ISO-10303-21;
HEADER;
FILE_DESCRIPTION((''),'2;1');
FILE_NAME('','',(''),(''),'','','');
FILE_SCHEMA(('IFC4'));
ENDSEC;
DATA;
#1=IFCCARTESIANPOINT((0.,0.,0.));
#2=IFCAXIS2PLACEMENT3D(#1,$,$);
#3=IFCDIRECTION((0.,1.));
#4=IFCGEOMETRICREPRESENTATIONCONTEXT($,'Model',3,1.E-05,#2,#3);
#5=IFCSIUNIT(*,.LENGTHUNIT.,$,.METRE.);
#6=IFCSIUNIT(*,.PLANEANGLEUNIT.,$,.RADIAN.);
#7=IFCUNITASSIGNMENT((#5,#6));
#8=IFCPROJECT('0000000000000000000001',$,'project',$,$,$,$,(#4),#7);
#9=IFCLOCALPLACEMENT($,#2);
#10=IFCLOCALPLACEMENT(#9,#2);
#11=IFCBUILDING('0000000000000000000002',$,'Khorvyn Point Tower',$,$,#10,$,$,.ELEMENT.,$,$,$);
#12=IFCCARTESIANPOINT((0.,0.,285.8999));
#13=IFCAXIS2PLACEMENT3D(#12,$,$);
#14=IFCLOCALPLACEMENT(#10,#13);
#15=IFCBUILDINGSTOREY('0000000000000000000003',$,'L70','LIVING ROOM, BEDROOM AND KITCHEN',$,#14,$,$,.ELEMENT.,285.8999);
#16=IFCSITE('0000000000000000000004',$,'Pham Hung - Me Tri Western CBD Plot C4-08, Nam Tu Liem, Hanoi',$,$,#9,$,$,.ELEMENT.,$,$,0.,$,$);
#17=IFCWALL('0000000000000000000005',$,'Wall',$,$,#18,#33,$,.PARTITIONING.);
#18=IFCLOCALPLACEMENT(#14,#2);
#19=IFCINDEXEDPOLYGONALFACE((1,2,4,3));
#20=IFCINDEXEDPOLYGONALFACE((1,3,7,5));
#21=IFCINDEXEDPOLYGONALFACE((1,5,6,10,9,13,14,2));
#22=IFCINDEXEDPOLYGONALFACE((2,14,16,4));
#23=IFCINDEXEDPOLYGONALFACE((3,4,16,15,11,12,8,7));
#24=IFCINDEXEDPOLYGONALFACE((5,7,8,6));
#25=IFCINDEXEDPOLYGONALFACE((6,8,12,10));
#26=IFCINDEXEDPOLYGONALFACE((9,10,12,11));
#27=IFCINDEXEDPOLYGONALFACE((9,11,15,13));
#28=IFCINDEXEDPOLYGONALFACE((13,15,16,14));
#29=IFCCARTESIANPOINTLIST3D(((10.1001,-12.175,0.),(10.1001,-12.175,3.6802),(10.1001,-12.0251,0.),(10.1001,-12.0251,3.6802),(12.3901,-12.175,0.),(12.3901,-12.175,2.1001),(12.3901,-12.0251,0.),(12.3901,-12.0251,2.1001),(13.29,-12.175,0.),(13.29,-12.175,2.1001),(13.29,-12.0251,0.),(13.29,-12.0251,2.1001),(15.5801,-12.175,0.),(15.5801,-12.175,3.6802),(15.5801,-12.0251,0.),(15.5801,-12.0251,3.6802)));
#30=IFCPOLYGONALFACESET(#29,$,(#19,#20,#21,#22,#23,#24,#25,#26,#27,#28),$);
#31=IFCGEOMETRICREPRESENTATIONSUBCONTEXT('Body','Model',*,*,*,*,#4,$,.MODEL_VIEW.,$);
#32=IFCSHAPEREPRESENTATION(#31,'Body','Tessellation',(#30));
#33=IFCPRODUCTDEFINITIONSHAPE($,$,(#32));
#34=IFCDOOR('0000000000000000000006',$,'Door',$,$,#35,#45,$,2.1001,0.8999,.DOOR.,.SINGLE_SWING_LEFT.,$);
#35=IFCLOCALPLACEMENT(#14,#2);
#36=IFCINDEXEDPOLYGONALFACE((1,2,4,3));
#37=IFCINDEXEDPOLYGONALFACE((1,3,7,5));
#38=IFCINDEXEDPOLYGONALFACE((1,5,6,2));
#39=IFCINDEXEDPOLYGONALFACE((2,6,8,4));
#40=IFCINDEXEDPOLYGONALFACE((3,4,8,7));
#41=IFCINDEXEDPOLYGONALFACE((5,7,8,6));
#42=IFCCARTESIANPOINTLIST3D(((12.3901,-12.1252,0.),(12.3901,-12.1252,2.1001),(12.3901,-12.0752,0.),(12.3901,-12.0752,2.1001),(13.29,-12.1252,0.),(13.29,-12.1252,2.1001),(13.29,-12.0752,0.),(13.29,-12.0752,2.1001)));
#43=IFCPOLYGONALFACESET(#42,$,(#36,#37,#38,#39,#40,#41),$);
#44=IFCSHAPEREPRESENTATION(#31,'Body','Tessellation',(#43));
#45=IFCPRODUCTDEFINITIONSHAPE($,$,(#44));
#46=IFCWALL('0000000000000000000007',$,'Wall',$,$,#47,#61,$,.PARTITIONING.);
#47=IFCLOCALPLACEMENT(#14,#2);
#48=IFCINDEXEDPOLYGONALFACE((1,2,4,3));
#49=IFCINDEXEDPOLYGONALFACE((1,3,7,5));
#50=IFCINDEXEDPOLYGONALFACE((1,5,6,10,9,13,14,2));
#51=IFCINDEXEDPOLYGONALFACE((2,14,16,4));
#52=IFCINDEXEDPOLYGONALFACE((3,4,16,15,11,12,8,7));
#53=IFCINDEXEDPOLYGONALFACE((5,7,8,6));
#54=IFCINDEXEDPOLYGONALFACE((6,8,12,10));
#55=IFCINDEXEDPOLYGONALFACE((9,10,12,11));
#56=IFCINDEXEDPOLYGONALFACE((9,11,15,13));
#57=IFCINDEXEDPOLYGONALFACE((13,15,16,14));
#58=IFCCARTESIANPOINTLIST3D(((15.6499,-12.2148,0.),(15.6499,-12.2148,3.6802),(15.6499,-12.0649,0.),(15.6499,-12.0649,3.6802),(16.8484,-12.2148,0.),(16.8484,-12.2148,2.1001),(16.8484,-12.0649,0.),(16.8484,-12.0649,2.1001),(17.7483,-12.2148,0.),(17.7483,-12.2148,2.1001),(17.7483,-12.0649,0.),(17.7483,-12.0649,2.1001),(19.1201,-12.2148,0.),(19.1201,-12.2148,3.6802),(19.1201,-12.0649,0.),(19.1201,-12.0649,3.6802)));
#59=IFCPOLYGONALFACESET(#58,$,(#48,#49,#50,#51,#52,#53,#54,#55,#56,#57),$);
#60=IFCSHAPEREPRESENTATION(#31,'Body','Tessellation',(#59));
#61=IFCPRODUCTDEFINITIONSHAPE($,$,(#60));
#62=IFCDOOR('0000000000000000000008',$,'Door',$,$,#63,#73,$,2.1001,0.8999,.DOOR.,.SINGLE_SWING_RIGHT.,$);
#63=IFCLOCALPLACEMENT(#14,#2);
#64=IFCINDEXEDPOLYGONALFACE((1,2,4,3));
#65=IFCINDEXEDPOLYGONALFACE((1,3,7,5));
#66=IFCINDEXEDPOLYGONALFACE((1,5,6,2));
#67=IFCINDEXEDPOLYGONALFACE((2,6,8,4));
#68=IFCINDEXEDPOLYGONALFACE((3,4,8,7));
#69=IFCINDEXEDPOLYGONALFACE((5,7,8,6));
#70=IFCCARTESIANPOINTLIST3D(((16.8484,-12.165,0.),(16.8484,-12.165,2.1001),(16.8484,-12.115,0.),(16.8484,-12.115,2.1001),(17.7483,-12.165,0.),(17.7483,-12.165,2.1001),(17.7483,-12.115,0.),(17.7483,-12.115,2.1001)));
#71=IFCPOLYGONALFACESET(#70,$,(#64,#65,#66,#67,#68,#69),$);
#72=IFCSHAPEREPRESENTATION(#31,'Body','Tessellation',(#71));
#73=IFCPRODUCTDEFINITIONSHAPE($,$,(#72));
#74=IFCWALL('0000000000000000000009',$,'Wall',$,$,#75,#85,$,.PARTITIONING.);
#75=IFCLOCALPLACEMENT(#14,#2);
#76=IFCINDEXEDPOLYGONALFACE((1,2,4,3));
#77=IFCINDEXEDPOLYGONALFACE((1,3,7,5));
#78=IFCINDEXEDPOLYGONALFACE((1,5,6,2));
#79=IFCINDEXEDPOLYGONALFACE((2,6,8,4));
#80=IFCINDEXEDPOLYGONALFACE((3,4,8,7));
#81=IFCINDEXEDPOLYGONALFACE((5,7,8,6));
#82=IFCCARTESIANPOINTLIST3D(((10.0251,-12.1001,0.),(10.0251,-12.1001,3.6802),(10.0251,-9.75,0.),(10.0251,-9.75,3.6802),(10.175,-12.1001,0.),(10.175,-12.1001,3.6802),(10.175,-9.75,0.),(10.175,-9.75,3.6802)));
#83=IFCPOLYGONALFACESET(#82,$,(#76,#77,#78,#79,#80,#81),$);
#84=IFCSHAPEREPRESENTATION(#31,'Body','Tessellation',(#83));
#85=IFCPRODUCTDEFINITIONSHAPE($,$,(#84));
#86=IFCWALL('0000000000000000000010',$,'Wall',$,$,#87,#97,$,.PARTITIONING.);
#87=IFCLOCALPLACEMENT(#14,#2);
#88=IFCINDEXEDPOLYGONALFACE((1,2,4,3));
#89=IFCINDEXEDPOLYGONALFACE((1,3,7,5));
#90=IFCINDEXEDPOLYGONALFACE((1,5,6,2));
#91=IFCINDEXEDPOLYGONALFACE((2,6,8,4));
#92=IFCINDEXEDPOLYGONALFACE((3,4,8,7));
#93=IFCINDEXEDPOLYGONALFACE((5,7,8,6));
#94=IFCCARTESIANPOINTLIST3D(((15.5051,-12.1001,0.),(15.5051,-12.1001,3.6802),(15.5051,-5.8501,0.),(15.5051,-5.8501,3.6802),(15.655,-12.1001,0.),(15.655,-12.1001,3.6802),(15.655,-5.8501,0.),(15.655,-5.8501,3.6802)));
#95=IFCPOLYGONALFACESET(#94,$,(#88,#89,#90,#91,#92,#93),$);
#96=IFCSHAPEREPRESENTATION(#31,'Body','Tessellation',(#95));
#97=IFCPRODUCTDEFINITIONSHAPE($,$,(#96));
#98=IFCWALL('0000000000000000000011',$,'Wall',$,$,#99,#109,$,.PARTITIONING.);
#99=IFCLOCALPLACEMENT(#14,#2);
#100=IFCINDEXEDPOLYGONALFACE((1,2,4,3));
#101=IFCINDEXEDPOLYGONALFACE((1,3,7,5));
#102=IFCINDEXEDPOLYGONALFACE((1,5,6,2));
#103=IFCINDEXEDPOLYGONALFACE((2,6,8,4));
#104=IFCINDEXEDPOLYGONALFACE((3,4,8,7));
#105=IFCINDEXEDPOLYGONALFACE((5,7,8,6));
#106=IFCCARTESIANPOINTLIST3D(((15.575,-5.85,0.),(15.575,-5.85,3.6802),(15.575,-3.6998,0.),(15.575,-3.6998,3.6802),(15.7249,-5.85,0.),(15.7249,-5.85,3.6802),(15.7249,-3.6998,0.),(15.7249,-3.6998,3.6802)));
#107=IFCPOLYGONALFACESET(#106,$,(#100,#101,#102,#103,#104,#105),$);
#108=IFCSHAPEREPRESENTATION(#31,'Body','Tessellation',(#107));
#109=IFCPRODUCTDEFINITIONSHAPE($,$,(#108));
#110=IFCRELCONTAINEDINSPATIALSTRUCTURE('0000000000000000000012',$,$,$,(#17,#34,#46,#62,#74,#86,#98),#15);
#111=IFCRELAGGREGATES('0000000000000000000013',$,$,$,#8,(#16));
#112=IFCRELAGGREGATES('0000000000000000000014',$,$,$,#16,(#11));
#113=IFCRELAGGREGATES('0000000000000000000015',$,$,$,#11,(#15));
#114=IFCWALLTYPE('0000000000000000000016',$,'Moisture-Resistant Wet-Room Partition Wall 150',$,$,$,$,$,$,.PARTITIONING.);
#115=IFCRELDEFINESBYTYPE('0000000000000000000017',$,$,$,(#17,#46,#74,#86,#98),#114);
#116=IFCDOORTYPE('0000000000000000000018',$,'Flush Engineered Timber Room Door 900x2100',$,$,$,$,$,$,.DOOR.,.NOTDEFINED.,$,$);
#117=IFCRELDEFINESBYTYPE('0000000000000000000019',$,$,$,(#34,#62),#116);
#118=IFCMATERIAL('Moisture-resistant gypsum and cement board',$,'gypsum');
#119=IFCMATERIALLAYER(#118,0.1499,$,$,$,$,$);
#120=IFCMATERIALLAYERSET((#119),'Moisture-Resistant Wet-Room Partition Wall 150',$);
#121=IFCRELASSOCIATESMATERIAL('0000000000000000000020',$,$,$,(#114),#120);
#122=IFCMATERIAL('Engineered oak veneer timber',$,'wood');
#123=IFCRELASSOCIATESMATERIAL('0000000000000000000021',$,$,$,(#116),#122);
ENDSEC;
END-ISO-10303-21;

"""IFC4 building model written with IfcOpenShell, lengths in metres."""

from ifc_helpers import new_model, si_unit, direction, frame, frame_2d, origin, place, context, subcontext, project, spatial, rectangle, extrude, material, layer, layer_set, type_object, element, fill, save


model = new_model("IFC4")

# Units and contexts
model_context = context("Model", 3, precision=1e-05, world=origin(), true_north=direction((0.0, 1.0)))
body_context = subcontext(model_context, "Body", "Model", "MODEL_VIEW")
ifc_project = project(units=[si_unit("LENGTHUNIT", "METRE"), si_unit("PLANEANGLEUNIT", "RADIAN")], contexts=[model_context])

# Site, building, storey
site_placement = place(None, origin())
site = spatial("IfcSite", under=ifc_project, at=site_placement, Name="Pham Hung - Me Tri Western CBD Plot C4-08, Nam Tu Liem, Hanoi", CompositionType="ELEMENT", RefElevation=0.0)
building_placement = place(site_placement, origin())
building = spatial("IfcBuilding", under=site, at=building_placement, Name="Khorvyn Point Tower", CompositionType="ELEMENT")
storey_placement = place(building_placement, frame((0.0, 0.0, 285.8999)))
storey = spatial("IfcBuildingStorey", under=building, at=storey_placement, Name="L70", Description="LIVING ROOM, BEDROOM AND KITCHEN", CompositionType="ELEMENT", Elevation=285.8999)

# Walls, openings, doors
ifc_material_1 = material(Name="Moisture-resistant gypsum and cement board", Category="gypsum")
ifc_layer_1 = layer(ifc_material_1, 0.1499)
ifc_layer_set_1 = layer_set([ifc_layer_1], Name="Moisture-Resistant Wet-Room Partition Wall 150")
wall_type_1 = type_object("IfcWallType", Name="Moisture-Resistant Wet-Room Partition Wall 150", PredefinedType="PARTITIONING", material=ifc_layer_set_1)
wall_1_placement = place(storey_placement, frame((10.1001, -12.1001, 0.0), z_axis=(0.0, 0.0, 1.0), x_axis=(1.0, 0.0, 0.0)))
wall_1 = element("IfcWall", 1, at=wall_1_placement, inside=storey, type_object=wall_type_1, Name="Wall", PredefinedType="PARTITIONING", context=body_context, shape_type="SweptSolid", body=[
    extrude(rectangle(XDim=5.48, YDim=0.1499, at=frame_2d((2.74, 0.0))), origin(), (0.0, 0.0, 1.0), 3.6802),
])
opening_1_placement = place(wall_1_placement, frame((2.29, 0.0, 0.0)))
opening_1 = element("IfcOpeningElement", 2, at=opening_1_placement, cuts=wall_1, PredefinedType="OPENING", context=body_context, shape_type="SweptSolid", body=[
    extrude(rectangle(XDim=0.8999, YDim=2.1001, at=frame_2d((0.45, 1.05))), frame((0.0, 0.085, 0.0), z_axis=(0.0, -1.0, 0.0), x_axis=(1.0, 0.0, 0.0)), (0.0, 0.0, 1.0), 0.1699),
])
ifc_material_2 = material(Name="Engineered oak veneer timber", Category="wood")
door_type_1 = type_object("IfcDoorType", Name="Flush Engineered Timber Room Door 900x2100", OperationType="NOTDEFINED", PredefinedType="DOOR", material=ifc_material_2)
door_1_placement = place(opening_1_placement, origin())
door_1 = element("IfcDoor", 3, at=door_1_placement, inside=storey, type_object=door_type_1, Name="Door", OperationType="SINGLE_SWING_LEFT", OverallHeight=2.1001, OverallWidth=0.8999, PredefinedType="DOOR", context=body_context, shape_type="SweptSolid", body=[
    extrude(rectangle(XDim=0.8999, YDim=2.1001, at=frame_2d((0.45, 1.05))), frame((0.0, 0.0249, 0.0), z_axis=(0.0, -1.0, 0.0), x_axis=(1.0, 0.0, 0.0)), (0.0, 0.0, 1.0), 0.05),
])
fill(opening_1, door_1)
wall_2_placement = place(storey_placement, frame((15.6499, -12.1399, 0.0), z_axis=(0.0, 0.0, 1.0), x_axis=(1.0, 0.0, 0.0)))
wall_2 = element("IfcWall", 4, at=wall_2_placement, inside=storey, type_object=wall_type_1, Name="Wall", PredefinedType="PARTITIONING", context=body_context, shape_type="SweptSolid", body=[
    extrude(rectangle(XDim=3.4702, YDim=0.1499, at=frame_2d((1.7351, 0.0))), origin(), (0.0, 0.0, 1.0), 3.6802),
])
opening_2_placement = place(wall_2_placement, frame((1.1985, 0.0, 0.0)))
opening_2 = element("IfcOpeningElement", 5, at=opening_2_placement, cuts=wall_2, PredefinedType="OPENING", context=body_context, shape_type="SweptSolid", body=[
    extrude(rectangle(XDim=0.8999, YDim=2.1001, at=frame_2d((0.45, 1.05))), frame((0.0, 0.085, 0.0), z_axis=(0.0, -1.0, 0.0), x_axis=(1.0, 0.0, 0.0)), (0.0, 0.0, 1.0), 0.1699),
])
door_2_placement = place(opening_2_placement, origin())
door_2 = element("IfcDoor", 6, at=door_2_placement, inside=storey, type_object=door_type_1, Name="Door", OperationType="SINGLE_SWING_RIGHT", OverallHeight=2.1001, OverallWidth=0.8999, PredefinedType="DOOR", context=body_context, shape_type="SweptSolid", body=[
    extrude(rectangle(XDim=0.8999, YDim=2.1001, at=frame_2d((0.45, 1.05))), frame((0.0, 0.0249, 0.0), z_axis=(0.0, -1.0, 0.0), x_axis=(1.0, 0.0, 0.0)), (0.0, 0.0, 1.0), 0.05),
])
fill(opening_2, door_2)

# Walls
wall_3_placement = place(storey_placement, frame((10.1001, -12.1001, 0.0), z_axis=(0.0, 0.0, 1.0), x_axis=(0.0, 1.0, 0.0)))
element("IfcWall", 7, at=wall_3_placement, inside=storey, type_object=wall_type_1, Name="Wall", PredefinedType="PARTITIONING", context=body_context, shape_type="SweptSolid", body=[
    extrude(rectangle(XDim=2.3501, YDim=0.1499, at=frame_2d((1.175, 0.0))), origin(), (0.0, 0.0, 1.0), 3.6802),
])
wall_4_placement = place(storey_placement, frame((15.5801, -12.1001, 0.0), z_axis=(0.0, 0.0, 1.0), x_axis=(0.0, 1.0, 0.0)))
element("IfcWall", 8, at=wall_4_placement, inside=storey, type_object=wall_type_1, Name="Wall", PredefinedType="PARTITIONING", context=body_context, shape_type="SweptSolid", body=[
    extrude(rectangle(XDim=6.25, YDim=0.1499, at=frame_2d((3.125, 0.0))), origin(), (0.0, 0.0, 1.0), 3.6802),
])
wall_5_placement = place(storey_placement, frame((15.6499, -5.8501, 0.0), z_axis=(0.0, 0.0, 1.0), x_axis=(0.0, 1.0, 0.0)))
element("IfcWall", 9, at=wall_5_placement, inside=storey, type_object=wall_type_1, Name="Wall", PredefinedType="PARTITIONING", context=body_context, shape_type="SweptSolid", body=[
    extrude(rectangle(XDim=2.1501, YDim=0.1499, at=frame_2d((1.0752, 0.0))), origin(), (0.0, 0.0, 1.0), 3.6802),
])

save(model, "model.ifc")
